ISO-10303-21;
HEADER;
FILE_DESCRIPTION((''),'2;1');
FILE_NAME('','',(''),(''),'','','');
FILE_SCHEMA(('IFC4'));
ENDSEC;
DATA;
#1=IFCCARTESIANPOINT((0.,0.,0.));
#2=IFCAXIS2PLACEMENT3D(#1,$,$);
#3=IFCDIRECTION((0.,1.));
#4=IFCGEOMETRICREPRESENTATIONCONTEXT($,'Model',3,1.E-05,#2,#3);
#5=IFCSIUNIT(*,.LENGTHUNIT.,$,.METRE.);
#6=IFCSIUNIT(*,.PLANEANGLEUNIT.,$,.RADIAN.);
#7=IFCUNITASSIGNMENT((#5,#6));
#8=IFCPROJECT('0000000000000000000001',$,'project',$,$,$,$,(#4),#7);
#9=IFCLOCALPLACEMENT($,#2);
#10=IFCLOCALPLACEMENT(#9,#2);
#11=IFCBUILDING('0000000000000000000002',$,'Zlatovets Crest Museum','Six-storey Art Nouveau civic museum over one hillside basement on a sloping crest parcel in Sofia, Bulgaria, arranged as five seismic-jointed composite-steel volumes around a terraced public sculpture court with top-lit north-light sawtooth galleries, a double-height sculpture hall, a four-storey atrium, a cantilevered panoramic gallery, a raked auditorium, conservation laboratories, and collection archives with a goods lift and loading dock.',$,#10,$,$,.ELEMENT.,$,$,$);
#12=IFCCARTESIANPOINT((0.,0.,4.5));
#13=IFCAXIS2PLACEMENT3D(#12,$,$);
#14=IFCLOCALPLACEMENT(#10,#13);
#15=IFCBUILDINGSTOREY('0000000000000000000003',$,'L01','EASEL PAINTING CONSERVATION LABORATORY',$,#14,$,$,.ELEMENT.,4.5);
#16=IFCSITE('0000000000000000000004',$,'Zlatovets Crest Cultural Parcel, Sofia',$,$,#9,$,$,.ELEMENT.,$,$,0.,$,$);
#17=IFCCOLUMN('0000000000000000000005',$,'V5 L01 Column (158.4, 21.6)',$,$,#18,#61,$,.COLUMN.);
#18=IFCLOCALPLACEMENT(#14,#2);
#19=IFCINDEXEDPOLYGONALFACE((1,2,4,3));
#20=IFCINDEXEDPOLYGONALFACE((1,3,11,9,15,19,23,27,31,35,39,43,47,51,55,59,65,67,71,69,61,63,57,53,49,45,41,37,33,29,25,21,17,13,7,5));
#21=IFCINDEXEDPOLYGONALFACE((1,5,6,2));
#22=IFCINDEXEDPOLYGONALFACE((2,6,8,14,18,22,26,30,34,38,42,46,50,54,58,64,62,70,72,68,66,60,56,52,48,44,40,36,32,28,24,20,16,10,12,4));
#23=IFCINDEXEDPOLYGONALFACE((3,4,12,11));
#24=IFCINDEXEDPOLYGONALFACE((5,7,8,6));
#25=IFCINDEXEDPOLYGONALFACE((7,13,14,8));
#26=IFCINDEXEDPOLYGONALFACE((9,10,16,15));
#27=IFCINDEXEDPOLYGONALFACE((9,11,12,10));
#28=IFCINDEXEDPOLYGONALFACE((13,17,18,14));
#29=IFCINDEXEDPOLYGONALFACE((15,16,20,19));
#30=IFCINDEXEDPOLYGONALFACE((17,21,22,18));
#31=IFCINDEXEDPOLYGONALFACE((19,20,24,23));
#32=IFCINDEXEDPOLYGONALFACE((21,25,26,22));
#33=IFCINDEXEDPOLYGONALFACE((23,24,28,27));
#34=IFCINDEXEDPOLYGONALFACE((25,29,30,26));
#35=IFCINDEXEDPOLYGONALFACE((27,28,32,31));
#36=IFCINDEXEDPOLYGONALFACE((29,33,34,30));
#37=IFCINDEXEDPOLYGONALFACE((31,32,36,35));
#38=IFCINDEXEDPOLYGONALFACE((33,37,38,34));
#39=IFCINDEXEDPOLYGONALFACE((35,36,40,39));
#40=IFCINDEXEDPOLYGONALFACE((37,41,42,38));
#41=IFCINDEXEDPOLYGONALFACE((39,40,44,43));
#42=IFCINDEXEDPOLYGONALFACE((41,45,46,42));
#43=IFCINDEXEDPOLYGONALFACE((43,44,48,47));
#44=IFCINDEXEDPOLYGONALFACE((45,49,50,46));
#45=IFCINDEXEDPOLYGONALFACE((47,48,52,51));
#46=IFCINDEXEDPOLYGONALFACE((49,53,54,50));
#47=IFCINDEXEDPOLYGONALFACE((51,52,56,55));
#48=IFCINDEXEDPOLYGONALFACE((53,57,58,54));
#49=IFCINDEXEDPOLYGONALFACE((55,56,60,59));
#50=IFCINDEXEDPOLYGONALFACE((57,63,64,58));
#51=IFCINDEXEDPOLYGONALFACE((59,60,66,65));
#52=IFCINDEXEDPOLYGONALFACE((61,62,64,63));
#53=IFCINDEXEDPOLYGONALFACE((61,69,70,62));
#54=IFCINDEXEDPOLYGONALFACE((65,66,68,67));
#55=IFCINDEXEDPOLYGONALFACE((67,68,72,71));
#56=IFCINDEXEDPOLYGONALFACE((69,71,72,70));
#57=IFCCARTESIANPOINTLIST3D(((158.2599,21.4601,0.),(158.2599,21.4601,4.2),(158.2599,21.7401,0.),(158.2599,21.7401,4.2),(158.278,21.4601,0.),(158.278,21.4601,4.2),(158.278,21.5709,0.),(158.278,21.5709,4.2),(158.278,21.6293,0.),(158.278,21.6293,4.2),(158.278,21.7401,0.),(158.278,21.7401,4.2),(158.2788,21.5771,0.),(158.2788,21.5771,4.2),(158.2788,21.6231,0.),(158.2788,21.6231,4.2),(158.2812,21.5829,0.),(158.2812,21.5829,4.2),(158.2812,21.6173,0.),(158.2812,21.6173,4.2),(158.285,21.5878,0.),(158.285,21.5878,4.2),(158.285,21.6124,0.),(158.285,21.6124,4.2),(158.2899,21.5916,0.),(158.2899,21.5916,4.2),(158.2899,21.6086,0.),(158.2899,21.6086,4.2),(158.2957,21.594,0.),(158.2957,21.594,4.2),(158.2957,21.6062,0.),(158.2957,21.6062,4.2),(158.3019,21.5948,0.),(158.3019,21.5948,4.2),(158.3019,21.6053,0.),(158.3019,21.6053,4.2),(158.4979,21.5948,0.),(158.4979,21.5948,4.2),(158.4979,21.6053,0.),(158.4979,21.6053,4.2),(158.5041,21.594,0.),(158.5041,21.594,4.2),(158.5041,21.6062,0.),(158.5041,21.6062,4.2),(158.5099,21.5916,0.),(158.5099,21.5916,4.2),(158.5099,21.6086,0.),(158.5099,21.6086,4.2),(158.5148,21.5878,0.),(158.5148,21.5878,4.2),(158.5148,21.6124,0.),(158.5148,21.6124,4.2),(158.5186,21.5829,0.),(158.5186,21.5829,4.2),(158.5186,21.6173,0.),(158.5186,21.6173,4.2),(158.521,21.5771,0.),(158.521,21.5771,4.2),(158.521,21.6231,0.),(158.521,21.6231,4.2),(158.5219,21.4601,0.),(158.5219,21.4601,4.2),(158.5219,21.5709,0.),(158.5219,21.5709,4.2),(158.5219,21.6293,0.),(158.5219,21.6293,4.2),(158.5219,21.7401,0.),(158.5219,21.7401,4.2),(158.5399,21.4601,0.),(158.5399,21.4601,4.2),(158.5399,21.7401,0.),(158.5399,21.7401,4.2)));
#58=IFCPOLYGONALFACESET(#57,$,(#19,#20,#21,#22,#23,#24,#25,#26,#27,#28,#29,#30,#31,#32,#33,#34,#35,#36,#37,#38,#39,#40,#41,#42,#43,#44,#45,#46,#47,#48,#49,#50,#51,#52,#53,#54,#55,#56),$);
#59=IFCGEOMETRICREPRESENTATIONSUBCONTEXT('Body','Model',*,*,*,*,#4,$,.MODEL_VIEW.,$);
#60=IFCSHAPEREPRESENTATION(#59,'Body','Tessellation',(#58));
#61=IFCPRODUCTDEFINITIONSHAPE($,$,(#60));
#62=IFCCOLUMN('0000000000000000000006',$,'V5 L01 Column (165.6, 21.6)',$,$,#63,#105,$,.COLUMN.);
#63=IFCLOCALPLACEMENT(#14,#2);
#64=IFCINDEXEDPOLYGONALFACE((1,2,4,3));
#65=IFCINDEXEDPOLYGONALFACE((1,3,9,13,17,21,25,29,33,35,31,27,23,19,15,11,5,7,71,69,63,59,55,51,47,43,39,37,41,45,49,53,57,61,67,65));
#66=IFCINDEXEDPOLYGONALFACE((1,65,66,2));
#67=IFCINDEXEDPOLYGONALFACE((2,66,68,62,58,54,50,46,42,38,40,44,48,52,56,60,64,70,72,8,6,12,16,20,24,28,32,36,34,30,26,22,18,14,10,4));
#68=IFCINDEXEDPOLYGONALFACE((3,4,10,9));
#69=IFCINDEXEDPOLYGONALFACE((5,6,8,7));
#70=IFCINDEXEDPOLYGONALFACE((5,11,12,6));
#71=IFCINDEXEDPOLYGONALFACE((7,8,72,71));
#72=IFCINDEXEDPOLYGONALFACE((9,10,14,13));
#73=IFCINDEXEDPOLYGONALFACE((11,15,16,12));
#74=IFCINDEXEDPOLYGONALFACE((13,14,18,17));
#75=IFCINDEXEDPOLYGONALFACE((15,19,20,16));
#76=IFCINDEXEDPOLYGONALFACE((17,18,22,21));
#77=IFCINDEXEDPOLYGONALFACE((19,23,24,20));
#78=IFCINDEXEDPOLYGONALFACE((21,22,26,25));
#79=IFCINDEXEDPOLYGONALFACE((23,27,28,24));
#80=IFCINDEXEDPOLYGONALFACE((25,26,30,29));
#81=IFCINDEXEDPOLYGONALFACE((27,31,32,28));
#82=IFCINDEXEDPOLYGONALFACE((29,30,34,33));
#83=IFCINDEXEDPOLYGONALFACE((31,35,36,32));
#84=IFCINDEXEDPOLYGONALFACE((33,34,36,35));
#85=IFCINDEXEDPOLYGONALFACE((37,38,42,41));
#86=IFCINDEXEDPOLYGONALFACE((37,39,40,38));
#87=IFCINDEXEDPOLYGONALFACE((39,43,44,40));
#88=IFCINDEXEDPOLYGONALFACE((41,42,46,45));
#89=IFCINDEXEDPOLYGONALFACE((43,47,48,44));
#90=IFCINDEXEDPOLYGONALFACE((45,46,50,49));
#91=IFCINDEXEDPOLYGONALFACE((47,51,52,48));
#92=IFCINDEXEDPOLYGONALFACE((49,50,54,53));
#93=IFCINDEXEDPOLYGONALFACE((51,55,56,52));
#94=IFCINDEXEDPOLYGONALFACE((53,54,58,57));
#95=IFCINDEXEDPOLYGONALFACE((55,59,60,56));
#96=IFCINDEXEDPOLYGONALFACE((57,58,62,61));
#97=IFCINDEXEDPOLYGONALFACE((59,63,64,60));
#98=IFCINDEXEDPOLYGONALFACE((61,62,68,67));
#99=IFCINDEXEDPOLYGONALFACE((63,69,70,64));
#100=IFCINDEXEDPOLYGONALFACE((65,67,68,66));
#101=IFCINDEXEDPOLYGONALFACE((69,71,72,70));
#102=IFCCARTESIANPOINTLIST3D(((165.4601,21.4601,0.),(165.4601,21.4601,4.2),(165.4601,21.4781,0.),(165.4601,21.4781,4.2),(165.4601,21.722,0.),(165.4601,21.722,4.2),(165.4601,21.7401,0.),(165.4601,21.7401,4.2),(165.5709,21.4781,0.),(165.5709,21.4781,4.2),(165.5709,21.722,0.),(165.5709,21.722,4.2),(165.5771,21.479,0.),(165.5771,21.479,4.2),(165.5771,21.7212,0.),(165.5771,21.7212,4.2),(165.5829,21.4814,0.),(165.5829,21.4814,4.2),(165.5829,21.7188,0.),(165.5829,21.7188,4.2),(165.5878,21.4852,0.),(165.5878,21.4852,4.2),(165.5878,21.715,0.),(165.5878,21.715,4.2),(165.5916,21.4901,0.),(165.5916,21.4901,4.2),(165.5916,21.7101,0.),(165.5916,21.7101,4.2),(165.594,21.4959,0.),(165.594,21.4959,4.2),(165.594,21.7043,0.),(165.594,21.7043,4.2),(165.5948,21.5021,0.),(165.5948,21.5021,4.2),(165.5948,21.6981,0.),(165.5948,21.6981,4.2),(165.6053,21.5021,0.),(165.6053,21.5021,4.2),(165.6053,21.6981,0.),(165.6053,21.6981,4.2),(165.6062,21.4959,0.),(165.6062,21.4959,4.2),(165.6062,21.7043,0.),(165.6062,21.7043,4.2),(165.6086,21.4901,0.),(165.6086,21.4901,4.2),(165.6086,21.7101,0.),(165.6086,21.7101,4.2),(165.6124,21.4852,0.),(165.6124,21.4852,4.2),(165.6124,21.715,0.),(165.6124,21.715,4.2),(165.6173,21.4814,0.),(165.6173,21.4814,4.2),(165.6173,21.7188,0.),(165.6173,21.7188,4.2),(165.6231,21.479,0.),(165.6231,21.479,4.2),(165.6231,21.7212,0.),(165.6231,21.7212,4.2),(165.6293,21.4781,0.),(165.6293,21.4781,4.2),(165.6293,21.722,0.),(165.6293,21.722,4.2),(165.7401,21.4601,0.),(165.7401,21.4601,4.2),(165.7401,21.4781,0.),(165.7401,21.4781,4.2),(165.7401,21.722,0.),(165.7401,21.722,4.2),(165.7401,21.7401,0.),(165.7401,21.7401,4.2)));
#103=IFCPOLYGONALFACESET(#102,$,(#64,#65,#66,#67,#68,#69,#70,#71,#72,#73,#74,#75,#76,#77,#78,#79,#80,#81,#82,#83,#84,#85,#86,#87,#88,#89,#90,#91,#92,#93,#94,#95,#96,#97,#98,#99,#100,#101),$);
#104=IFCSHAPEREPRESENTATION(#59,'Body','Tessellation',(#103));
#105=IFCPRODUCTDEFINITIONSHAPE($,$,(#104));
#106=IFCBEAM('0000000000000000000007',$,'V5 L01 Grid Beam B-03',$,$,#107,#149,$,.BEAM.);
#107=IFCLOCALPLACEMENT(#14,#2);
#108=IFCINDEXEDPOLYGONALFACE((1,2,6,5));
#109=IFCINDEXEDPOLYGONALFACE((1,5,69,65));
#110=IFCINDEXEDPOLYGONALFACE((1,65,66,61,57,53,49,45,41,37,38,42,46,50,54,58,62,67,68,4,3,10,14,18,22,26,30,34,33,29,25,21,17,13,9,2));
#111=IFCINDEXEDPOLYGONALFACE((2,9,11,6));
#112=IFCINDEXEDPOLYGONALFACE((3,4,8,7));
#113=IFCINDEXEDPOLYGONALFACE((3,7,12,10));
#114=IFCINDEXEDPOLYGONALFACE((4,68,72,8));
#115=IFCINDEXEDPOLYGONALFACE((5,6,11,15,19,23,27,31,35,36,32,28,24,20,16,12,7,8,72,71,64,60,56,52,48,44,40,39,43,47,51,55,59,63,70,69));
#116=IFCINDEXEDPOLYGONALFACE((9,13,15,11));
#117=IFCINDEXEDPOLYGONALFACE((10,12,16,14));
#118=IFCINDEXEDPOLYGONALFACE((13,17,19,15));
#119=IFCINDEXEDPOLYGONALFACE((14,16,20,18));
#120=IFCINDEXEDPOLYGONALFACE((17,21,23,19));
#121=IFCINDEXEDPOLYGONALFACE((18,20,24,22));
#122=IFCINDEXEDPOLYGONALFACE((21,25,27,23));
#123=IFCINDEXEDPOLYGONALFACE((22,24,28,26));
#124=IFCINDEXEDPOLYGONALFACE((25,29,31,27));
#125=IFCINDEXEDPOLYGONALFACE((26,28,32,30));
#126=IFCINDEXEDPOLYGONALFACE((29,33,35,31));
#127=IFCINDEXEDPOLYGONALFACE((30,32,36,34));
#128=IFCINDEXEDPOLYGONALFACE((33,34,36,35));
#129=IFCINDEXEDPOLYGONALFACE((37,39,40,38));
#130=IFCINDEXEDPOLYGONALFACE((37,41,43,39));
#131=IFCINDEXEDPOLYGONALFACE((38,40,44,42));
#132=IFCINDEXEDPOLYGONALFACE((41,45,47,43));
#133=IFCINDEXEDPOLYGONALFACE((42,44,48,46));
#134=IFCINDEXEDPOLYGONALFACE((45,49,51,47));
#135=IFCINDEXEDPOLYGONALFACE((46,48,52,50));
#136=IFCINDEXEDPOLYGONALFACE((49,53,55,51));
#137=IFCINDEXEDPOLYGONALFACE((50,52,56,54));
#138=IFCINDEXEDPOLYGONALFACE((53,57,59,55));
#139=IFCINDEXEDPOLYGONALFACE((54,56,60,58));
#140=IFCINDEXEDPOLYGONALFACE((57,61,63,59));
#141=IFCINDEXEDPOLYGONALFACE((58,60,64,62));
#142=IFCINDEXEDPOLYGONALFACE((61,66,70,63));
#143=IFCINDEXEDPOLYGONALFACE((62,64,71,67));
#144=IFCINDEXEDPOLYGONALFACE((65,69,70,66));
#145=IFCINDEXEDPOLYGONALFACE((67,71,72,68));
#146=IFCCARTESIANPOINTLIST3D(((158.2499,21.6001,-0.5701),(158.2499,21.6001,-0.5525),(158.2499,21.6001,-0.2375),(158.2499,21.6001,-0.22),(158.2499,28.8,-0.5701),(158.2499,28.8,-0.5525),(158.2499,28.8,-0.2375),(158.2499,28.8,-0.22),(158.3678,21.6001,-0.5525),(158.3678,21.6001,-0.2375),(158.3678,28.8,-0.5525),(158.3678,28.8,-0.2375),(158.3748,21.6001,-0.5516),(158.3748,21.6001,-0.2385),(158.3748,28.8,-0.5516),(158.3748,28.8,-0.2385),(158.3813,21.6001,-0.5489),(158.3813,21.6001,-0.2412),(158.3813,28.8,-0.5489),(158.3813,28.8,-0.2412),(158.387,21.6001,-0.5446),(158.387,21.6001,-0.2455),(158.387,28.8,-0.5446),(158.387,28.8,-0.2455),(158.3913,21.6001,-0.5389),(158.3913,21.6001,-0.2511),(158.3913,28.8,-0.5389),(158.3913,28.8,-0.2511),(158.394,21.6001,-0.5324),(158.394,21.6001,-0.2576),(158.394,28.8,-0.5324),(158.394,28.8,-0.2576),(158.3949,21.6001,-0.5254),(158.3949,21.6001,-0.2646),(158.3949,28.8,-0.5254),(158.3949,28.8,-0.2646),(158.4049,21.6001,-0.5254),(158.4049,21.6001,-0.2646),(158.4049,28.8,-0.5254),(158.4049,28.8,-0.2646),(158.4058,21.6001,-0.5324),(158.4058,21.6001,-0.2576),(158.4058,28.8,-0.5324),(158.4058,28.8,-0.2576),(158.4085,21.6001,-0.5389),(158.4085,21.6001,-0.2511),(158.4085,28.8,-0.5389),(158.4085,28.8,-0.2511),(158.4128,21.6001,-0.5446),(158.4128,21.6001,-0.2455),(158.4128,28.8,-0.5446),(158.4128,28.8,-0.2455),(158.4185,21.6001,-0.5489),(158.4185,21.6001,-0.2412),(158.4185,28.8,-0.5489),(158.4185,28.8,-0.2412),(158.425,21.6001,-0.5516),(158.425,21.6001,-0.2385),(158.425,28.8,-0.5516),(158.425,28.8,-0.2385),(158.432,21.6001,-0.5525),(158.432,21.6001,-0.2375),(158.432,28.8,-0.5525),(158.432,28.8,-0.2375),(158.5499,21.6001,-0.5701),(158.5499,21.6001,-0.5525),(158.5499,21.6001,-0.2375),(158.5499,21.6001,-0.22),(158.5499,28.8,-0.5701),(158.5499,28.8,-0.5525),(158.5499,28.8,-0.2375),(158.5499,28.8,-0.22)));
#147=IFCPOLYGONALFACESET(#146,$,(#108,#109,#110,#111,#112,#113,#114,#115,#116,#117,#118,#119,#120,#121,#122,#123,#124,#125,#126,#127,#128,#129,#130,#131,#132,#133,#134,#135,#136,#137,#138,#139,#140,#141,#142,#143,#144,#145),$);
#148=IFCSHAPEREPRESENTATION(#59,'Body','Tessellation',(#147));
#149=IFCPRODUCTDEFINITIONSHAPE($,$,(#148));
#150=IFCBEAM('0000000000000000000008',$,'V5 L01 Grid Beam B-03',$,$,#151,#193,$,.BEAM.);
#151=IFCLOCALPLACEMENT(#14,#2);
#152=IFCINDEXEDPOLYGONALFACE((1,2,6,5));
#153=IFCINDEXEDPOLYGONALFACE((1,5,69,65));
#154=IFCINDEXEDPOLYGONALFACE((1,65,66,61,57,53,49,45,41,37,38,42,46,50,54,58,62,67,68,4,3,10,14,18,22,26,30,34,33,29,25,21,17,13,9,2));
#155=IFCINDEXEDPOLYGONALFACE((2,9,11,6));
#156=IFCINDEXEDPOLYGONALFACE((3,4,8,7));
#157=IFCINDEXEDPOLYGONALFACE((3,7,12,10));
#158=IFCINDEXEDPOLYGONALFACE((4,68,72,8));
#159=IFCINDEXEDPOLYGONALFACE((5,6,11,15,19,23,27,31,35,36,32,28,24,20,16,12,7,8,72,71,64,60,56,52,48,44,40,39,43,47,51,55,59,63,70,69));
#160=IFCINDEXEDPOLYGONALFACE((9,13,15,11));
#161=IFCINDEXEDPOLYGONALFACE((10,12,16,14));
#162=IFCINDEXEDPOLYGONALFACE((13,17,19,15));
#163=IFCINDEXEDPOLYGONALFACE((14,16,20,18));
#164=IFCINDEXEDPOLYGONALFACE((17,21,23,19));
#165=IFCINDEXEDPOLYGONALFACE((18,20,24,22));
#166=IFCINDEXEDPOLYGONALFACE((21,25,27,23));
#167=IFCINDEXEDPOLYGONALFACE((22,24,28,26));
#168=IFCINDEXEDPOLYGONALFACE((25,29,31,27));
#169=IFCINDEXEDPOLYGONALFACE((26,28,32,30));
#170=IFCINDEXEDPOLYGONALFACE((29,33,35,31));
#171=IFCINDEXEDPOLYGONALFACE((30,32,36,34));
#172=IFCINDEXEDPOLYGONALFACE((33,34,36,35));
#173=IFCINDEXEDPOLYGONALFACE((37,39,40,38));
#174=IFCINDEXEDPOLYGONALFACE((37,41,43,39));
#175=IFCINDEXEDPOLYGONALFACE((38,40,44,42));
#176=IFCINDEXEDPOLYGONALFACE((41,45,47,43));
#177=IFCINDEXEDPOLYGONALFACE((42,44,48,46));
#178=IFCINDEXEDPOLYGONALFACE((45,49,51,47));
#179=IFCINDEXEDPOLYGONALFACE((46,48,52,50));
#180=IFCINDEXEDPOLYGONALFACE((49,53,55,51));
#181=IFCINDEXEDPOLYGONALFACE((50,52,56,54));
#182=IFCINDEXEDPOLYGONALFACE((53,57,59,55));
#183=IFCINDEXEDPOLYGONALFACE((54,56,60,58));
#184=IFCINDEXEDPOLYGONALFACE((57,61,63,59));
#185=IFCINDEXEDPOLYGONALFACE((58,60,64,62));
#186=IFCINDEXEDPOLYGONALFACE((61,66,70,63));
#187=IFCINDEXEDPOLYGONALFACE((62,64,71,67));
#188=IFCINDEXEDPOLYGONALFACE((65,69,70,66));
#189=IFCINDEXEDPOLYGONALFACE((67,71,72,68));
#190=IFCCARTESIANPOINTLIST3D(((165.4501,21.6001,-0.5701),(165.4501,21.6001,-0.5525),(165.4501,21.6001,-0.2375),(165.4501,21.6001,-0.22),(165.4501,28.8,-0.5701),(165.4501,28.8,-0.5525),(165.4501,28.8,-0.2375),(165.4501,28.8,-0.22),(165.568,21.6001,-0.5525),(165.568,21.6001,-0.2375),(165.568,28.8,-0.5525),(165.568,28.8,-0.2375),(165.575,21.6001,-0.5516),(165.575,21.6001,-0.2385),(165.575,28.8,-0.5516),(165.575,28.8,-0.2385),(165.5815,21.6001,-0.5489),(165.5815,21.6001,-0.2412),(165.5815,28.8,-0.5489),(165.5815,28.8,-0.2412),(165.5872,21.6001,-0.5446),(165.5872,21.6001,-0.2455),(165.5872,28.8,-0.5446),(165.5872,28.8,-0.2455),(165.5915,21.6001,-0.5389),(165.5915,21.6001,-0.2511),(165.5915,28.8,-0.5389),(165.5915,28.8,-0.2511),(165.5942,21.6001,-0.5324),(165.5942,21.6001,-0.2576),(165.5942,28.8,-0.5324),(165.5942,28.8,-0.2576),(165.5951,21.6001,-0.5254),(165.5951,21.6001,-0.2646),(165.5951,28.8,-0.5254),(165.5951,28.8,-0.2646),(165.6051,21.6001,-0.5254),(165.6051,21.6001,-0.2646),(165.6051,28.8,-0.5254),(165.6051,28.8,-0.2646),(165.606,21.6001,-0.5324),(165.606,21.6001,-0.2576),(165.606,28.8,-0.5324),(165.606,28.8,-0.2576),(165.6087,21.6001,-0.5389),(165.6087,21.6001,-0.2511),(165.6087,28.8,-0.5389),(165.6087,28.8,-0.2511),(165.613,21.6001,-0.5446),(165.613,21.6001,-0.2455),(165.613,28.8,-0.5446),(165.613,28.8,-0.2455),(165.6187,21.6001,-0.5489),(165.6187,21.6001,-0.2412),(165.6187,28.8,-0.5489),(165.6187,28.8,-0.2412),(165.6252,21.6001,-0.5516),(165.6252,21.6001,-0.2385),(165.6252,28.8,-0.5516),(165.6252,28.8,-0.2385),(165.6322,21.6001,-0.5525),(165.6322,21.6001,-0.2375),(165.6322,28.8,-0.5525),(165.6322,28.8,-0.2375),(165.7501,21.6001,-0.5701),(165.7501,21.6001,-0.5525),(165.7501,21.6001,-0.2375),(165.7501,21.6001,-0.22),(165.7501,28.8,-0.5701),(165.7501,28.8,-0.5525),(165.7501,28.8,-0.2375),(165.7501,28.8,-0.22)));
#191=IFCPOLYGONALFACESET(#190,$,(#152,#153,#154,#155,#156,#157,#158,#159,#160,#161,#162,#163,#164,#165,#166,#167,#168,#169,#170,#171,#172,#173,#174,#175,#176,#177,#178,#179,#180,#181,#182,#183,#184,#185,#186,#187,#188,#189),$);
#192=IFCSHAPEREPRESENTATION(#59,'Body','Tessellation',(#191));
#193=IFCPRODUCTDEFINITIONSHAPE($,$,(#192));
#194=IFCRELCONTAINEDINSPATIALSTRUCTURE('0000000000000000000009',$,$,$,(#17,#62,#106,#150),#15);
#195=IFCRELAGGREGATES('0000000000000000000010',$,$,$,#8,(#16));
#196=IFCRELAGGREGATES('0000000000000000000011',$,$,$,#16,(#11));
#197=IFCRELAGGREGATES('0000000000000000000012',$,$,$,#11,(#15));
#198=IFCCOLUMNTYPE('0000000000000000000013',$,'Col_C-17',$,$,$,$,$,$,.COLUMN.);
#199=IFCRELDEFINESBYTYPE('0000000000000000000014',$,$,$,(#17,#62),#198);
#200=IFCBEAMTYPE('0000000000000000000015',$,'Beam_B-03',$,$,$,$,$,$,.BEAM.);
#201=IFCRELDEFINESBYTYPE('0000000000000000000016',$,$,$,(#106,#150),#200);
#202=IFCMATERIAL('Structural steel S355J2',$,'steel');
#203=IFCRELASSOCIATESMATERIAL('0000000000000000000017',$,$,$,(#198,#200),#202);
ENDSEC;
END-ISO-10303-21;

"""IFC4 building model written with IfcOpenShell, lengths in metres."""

from ifc_helpers import new_model, si_unit, direction, frame, origin, origin_2d, place, context, subcontext, project, spatial, i_section, extrude, material, material_profile, profile_set, type_object, element, save


model = new_model("IFC4")

# Units and contexts
model_context = context("Model", 3, precision=1e-05, world=origin(), true_north=direction((0.0, 1.0)))
body_context = subcontext(model_context, "Body", "Model", "MODEL_VIEW")
ifc_project = project(units=[si_unit("LENGTHUNIT", "METRE"), si_unit("PLANEANGLEUNIT", "RADIAN")], contexts=[model_context])

# Site, building, storey
site_placement = place(None, origin())
site = spatial("IfcSite", under=ifc_project, at=site_placement, Name="Zlatovets Crest Cultural Parcel, Sofia", CompositionType="ELEMENT", RefElevation=0.0)
building_placement = place(site_placement, origin())
building = spatial("IfcBuilding", under=site, at=building_placement, Name="Zlatovets Crest Museum", Description="Six-storey Art Nouveau civic museum over one hillside basement on a sloping crest parcel in Sofia, Bulgaria, arranged as five seismic-jointed composite-steel volumes around a terraced public sculpture court with top-lit north-light sawtooth galleries, a double-height sculpture hall, a four-storey atrium, a cantilevered panoramic gallery, a raked auditorium, conservation laboratories, and collection archives with a goods lift and loading dock.", CompositionType="ELEMENT")
storey_placement = place(building_placement, frame((0.0, 0.0, 4.5)))
storey = spatial("IfcBuildingStorey", under=building, at=storey_placement, Name="L01", Description="EASEL PAINTING CONSERVATION LABORATORY", CompositionType="ELEMENT", Elevation=4.5)

# Columns
ifc_material_1 = material(Name="Structural steel S355J2", Category="steel")
ifc_material_profile_1 = material_profile(ifc_material_1, i_section(OverallWidth=0.28, OverallDepth=0.28, WebThickness=0.0105, FlangeThickness=0.0181, FilletRadius=0.0239, at=origin_2d()), Name="HEB 280")
ifc_profile_set_1 = profile_set([ifc_material_profile_1], Name="Structural steel S355J2")
column_type = type_object("IfcColumnType", Name="Col_C-17", PredefinedType="COLUMN", material=ifc_profile_set_1)
for number, where, z_axis, x_axis, name in (
    (1, (158.3999, 21.6001, 0.0), (0.0, 0.0, 1.0), (0.0, 1.0, 0.0), "V5 L01 Column (158.4, 21.6)"),
    (2, (165.6001, 21.6001, 0.0), (0.0, 0.0, 1.0), (1.0, 0.0, 0.0), "V5 L01 Column (165.6, 21.6)"),
):
    element("IfcColumn", number, at=place(storey_placement, frame(where, z_axis=z_axis, x_axis=x_axis)), inside=storey, type_object=column_type, Name=name, PredefinedType="COLUMN", context=body_context, shape_type="SweptSolid", body=[
        extrude(i_section(OverallWidth=0.28, OverallDepth=0.28, WebThickness=0.0105, FlangeThickness=0.0181, FilletRadius=0.0239, at=origin_2d()), origin(), (0.0, 0.0, 1.0), 4.2),
    ])

# Beams
ifc_material_profile_2 = material_profile(ifc_material_1, i_section(OverallWidth=0.3, OverallDepth=0.3501, WebThickness=0.01, FlangeThickness=0.0176, FilletRadius=0.0271, at=origin_2d()), Name="HEA 360")
ifc_profile_set_2 = profile_set([ifc_material_profile_2], Name="Structural steel S355J2")
beam_type_1 = type_object("IfcBeamType", Name="Beam_B-03", PredefinedType="BEAM", material=ifc_profile_set_2)
for number, where, z_axis, x_axis, name in (
    (3, (158.3999, 21.6001, -0.395), (0.0, 1.0, 0.0), (-1.0, 0.0, 0.0), "V5 L01 Grid Beam B-03"),
    (4, (165.6001, 21.6001, -0.395), (0.0, 1.0, 0.0), (-1.0, 0.0, 0.0), "V5 L01 Grid Beam B-03"),
):
    element("IfcBeam", number, at=place(storey_placement, frame(where, z_axis=z_axis, x_axis=x_axis)), inside=storey, type_object=beam_type_1, Name=name, PredefinedType="BEAM", context=body_context, shape_type="SweptSolid", body=[
        extrude(i_section(OverallWidth=0.3, OverallDepth=0.3501, WebThickness=0.01, FlangeThickness=0.0176, FilletRadius=0.0271, at=origin_2d()), origin(), (0.0, 0.0, 1.0), 7.2),
    ])

save(model, "model.ifc")
